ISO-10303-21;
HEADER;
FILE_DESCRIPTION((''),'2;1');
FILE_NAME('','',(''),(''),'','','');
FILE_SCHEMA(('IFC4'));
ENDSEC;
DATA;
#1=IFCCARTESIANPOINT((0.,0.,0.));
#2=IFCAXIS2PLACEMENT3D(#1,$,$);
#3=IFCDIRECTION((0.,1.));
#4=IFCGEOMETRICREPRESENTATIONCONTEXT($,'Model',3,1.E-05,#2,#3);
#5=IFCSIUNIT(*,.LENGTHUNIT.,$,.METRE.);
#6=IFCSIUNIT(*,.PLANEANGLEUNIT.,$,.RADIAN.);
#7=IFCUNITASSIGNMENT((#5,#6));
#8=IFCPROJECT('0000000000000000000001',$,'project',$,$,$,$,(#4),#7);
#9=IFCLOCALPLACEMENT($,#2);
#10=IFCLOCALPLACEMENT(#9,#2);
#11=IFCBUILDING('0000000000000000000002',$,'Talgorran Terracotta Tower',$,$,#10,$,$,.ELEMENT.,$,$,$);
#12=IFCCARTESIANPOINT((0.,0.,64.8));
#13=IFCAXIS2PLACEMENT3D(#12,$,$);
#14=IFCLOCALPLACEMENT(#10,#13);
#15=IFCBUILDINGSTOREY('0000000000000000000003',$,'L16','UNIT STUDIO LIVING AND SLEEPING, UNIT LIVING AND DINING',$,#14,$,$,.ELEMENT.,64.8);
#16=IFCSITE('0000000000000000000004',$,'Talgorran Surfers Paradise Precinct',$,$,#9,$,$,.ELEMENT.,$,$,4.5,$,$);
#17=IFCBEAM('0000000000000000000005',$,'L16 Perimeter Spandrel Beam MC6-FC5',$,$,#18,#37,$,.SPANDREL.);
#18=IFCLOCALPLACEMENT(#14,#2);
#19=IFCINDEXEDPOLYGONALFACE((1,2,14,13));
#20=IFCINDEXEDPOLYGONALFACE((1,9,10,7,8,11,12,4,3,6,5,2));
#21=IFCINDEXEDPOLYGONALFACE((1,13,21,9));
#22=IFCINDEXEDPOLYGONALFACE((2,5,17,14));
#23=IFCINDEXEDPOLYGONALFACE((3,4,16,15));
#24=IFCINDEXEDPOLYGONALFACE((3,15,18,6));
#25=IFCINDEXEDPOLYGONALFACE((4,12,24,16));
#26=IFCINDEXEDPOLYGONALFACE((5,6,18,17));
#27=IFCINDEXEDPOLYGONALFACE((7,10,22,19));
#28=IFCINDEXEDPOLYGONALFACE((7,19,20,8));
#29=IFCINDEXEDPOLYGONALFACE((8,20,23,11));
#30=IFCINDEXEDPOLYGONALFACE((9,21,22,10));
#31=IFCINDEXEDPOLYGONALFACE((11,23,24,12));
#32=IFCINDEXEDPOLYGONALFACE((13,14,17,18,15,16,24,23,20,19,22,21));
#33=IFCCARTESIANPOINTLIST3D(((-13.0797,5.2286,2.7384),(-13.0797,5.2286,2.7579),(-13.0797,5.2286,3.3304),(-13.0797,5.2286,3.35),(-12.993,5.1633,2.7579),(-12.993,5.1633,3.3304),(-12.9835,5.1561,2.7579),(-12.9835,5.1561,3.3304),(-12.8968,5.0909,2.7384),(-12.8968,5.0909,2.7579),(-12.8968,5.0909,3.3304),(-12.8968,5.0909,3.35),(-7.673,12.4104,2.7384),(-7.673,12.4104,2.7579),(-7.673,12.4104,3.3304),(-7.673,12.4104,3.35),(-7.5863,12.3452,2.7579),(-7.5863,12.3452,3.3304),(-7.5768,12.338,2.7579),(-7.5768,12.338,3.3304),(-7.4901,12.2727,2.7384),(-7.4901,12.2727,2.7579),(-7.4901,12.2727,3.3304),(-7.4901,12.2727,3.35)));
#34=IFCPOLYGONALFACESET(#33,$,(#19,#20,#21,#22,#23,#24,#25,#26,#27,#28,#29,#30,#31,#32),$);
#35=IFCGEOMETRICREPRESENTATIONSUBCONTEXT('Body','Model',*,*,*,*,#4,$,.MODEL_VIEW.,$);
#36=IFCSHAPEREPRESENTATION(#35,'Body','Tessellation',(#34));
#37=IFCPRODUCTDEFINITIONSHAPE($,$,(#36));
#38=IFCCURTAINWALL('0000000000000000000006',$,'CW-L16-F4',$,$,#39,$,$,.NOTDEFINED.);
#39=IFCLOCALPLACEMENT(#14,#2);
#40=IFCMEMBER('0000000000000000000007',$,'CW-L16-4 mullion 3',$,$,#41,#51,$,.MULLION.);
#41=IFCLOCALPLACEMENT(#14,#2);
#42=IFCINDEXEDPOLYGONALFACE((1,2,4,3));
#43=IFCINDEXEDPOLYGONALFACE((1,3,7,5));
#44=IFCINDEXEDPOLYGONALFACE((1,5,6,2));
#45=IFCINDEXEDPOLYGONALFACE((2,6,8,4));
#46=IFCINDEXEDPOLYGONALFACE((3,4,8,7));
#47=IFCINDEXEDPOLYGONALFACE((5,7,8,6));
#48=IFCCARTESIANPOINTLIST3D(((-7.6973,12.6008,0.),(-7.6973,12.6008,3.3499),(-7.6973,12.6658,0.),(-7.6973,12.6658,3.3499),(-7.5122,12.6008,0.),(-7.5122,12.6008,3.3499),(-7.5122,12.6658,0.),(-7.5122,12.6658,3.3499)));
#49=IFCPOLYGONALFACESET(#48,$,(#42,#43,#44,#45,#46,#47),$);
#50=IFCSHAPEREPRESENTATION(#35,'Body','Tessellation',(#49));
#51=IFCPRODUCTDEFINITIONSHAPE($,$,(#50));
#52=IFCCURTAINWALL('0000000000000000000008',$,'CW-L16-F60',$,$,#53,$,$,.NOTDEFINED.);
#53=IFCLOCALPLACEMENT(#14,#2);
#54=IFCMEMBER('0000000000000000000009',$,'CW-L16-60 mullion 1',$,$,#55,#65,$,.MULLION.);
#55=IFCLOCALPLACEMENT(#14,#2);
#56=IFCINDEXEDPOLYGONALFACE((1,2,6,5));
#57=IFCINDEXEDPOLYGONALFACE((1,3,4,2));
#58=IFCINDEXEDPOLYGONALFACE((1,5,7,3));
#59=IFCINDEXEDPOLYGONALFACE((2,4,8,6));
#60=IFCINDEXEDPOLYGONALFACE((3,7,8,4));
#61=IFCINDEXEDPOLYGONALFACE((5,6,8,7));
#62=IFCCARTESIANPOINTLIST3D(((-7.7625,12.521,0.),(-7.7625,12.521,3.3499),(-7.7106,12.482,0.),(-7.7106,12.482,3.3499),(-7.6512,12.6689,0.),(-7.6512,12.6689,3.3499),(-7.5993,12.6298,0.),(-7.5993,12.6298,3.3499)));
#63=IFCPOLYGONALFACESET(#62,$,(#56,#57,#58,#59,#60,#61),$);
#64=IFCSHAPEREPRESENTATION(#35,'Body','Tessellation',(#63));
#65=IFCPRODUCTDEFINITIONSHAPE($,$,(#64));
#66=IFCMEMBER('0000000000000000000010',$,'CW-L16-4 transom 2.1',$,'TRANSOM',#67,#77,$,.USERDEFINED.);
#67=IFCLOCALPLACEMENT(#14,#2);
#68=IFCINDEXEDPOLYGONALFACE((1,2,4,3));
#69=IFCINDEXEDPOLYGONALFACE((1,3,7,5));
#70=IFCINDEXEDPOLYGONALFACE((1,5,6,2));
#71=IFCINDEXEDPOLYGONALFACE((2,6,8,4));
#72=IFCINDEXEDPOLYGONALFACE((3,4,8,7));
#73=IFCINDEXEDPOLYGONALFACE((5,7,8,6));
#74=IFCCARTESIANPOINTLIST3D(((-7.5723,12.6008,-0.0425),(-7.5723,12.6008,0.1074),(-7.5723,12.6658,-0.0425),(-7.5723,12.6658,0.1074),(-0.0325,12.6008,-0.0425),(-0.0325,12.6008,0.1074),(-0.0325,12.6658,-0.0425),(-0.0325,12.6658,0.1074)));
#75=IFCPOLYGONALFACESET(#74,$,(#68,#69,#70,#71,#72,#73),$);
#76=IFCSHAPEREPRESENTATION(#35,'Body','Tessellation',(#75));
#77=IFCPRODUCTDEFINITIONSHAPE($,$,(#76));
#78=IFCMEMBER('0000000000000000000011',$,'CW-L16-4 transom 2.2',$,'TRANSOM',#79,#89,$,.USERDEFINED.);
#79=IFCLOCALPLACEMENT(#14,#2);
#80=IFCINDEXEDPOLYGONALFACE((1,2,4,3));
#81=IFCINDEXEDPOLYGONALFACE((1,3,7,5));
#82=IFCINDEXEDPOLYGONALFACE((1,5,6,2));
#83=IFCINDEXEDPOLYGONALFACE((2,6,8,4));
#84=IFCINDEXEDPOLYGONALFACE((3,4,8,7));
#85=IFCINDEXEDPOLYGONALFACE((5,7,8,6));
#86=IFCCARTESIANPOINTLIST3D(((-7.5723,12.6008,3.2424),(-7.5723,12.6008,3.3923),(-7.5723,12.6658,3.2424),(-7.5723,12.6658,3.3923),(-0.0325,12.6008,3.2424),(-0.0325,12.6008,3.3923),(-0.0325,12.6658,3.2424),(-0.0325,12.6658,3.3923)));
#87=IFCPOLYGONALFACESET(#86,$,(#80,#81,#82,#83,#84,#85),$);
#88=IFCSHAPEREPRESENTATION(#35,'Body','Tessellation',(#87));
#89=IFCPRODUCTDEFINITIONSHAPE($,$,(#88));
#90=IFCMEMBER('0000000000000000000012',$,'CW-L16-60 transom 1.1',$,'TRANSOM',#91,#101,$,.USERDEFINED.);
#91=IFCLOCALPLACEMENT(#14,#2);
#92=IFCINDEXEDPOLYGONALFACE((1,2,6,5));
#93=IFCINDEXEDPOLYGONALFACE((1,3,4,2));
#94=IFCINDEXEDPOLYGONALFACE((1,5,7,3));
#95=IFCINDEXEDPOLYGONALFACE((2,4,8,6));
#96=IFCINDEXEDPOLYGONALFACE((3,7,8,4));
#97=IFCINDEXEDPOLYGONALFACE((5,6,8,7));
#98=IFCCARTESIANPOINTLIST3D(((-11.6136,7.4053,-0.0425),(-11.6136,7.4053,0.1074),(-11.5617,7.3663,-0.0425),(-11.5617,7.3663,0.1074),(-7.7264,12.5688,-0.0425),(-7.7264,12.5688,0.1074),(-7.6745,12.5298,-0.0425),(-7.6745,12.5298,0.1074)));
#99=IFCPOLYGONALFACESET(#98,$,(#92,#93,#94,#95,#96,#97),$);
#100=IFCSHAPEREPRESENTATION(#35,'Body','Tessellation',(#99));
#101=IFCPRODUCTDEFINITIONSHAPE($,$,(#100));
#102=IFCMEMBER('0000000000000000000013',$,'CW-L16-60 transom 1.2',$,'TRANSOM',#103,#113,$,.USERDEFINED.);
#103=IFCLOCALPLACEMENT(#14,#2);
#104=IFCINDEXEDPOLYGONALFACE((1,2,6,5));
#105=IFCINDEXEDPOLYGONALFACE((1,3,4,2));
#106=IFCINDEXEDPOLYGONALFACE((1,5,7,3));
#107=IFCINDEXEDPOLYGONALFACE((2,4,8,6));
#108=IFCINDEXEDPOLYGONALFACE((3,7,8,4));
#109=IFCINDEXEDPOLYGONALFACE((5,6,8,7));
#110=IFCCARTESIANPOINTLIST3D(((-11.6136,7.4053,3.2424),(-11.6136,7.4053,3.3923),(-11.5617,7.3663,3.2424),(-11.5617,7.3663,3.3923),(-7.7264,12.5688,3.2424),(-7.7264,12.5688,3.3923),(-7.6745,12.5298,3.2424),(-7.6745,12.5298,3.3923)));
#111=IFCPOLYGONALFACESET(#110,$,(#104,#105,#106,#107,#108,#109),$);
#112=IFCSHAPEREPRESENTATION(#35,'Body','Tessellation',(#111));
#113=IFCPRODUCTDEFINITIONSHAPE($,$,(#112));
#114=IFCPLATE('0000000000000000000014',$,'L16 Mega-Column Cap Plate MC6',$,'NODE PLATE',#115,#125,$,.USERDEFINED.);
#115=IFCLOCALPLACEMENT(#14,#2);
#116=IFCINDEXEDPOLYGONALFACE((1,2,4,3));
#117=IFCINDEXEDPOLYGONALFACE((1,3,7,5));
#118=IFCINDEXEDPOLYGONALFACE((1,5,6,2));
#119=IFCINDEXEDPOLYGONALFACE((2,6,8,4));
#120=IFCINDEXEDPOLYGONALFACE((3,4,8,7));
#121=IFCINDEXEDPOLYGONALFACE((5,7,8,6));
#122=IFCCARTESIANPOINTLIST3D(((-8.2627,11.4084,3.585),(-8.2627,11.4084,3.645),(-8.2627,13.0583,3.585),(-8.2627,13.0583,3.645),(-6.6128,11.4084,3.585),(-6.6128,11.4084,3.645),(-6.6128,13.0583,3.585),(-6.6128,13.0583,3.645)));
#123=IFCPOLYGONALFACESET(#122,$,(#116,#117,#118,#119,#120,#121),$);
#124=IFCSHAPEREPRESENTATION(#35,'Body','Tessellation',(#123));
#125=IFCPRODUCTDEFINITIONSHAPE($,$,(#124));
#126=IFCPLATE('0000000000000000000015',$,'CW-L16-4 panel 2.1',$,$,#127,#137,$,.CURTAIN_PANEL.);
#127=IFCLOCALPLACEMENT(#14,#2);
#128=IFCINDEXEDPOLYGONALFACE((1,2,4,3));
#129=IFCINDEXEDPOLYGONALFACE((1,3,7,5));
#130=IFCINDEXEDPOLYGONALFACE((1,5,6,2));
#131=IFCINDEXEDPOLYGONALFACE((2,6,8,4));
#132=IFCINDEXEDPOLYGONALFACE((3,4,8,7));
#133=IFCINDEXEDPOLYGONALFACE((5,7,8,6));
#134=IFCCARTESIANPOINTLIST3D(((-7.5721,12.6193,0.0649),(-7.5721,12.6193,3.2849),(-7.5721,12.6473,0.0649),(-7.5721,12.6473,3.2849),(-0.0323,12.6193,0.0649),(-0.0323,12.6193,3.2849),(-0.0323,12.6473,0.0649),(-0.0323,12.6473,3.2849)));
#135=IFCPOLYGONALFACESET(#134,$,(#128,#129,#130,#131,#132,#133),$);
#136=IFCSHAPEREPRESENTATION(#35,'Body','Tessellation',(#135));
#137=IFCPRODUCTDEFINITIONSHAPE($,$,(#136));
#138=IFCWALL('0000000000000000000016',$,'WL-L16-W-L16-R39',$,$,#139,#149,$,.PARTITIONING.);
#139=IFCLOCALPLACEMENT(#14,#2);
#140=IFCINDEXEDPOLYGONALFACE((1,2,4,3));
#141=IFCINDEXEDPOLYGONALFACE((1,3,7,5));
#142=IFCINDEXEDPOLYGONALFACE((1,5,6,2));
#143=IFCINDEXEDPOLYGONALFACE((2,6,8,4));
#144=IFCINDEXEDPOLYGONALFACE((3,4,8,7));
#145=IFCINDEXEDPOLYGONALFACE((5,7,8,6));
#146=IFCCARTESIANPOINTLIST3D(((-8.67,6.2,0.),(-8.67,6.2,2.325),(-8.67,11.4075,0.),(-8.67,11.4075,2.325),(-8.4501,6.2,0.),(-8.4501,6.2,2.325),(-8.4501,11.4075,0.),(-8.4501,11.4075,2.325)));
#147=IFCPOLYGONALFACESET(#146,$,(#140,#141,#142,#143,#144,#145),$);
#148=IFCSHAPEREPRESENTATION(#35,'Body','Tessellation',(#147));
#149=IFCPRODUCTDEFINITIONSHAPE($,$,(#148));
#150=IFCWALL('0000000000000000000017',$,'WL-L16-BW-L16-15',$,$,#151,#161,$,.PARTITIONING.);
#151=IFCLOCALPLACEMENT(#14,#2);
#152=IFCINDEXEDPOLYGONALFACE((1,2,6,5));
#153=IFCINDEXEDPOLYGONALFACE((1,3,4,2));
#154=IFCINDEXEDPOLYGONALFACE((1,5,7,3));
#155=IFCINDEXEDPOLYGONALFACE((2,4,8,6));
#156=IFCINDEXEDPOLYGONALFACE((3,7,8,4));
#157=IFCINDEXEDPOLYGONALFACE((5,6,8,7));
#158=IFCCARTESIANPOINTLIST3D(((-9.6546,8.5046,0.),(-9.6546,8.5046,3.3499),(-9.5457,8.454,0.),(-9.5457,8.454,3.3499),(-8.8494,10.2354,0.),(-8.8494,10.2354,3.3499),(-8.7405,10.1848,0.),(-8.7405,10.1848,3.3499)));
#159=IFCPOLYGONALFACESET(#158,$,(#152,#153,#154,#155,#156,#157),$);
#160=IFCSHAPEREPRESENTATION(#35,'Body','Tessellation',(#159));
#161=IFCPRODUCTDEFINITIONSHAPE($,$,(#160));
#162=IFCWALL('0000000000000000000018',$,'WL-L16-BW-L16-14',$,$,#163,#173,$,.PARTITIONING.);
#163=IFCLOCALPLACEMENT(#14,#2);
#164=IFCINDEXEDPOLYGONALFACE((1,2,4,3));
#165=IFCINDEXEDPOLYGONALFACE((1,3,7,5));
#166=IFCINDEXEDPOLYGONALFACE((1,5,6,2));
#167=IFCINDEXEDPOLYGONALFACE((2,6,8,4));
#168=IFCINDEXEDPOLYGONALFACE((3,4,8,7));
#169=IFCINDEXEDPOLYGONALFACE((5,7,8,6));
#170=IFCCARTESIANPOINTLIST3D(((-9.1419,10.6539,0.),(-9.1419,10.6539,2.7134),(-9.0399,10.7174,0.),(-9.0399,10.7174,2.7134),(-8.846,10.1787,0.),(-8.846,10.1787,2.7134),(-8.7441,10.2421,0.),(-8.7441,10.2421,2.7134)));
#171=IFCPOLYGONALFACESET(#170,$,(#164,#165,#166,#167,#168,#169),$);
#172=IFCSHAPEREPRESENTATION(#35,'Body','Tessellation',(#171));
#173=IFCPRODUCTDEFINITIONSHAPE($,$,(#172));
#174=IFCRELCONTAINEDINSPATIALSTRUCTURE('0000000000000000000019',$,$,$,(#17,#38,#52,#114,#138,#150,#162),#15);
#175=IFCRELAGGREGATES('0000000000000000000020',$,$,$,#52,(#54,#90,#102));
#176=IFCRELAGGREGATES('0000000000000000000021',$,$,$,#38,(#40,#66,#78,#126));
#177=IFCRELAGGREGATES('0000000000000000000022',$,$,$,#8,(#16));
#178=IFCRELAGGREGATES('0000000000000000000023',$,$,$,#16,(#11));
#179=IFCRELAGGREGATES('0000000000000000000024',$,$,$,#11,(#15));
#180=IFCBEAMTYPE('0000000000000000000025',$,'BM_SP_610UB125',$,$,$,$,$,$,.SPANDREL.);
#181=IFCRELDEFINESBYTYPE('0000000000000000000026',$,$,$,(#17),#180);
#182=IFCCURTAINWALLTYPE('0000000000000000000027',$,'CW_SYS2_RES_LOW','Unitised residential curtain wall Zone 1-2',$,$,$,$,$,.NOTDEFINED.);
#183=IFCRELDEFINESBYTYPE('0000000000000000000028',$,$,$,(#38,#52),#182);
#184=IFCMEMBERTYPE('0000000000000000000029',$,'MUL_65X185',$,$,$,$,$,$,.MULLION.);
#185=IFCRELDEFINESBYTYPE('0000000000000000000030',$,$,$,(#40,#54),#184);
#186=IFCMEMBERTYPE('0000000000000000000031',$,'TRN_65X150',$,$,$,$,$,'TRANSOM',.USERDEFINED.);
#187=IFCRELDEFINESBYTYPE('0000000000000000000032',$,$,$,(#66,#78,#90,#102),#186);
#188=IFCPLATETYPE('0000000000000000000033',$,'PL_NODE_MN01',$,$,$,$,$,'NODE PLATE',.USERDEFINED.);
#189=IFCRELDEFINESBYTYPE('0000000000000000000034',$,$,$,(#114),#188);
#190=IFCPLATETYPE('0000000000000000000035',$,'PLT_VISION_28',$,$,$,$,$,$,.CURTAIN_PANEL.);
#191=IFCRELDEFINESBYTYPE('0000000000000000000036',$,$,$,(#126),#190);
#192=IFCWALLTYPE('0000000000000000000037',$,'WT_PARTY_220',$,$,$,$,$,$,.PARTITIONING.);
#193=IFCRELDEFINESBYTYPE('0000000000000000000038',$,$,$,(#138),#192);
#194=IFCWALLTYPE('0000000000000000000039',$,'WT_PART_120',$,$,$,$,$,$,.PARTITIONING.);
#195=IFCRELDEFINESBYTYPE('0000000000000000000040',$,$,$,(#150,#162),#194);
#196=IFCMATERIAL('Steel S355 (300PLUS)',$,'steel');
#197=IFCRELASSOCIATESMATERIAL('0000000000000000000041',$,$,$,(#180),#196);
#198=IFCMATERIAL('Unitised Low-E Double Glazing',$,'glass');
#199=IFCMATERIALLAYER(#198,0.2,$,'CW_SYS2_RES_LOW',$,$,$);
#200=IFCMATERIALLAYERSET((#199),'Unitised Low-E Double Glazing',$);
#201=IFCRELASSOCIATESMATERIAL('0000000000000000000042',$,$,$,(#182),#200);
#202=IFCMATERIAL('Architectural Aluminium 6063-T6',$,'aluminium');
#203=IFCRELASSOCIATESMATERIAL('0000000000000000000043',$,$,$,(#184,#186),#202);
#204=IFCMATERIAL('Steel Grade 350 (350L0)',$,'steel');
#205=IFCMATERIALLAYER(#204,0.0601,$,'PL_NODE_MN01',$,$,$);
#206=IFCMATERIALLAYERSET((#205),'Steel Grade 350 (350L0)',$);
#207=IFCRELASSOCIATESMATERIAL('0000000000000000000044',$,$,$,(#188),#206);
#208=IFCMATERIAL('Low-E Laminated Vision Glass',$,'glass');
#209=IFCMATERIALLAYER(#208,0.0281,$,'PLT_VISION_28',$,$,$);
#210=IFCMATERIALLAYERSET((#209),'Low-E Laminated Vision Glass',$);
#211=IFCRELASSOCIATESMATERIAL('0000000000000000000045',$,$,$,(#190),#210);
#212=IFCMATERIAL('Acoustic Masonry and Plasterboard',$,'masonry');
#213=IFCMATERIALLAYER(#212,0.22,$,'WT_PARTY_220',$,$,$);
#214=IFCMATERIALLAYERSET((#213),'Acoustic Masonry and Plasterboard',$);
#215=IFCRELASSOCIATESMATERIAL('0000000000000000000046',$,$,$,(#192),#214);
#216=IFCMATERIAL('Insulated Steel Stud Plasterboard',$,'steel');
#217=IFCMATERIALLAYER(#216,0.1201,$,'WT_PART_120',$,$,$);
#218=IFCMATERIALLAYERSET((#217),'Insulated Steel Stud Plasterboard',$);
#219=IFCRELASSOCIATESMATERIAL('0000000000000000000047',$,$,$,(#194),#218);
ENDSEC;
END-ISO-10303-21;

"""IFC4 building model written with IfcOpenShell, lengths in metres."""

from ifc_helpers import new_model, si_unit, direction, frame, frame_2d, origin, origin_2d, place, context, subcontext, project, spatial, rectangle, i_section, extrude, source, transform, mapped, material, layer, layer_set, material_profile, profile_set, type_object, type_shapes, element, aggregate, save


model = new_model("IFC4")

# Units and contexts
model_context = context("Model", 3, precision=1e-05, world=origin(), true_north=direction((0.0, 1.0)))
body_context = subcontext(model_context, "Body", "Model", "MODEL_VIEW")
ifc_project = project(units=[si_unit("LENGTHUNIT", "METRE"), si_unit("PLANEANGLEUNIT", "RADIAN")], contexts=[model_context])

# Site, building, storey
site_placement = place(None, origin())
site = spatial("IfcSite", under=ifc_project, at=site_placement, Name="Talgorran Surfers Paradise Precinct", CompositionType="ELEMENT", RefElevation=4.5)
building_placement = place(site_placement, origin())
building = spatial("IfcBuilding", under=site, at=building_placement, Name="Talgorran Terracotta Tower", CompositionType="ELEMENT")
storey_placement = place(building_placement, frame((0.0, 0.0, 64.8)))
storey = spatial("IfcBuildingStorey", under=building, at=storey_placement, Name="L16", Description="UNIT STUDIO LIVING AND SLEEPING, UNIT LIVING AND DINING", CompositionType="ELEMENT", Elevation=64.8)

# Shared definitions
ifc_material_1 = material(Name="Steel S355 (300PLUS)", Category="steel")
ifc_material_2 = material(Name="Steel Grade 350 (350L0)", Category="steel")

# Beam
ifc_material_profile_1 = material_profile(ifc_material_1, i_section(OverallWidth=0.229, OverallDepth=0.6116, WebThickness=0.012, FlangeThickness=0.0195, at=origin_2d()), Name="610UB125")
ifc_profile_set_1 = profile_set([ifc_material_profile_1], Name="Steel S355 (300PLUS)")
beam_type_1 = type_object("IfcBeamType", Name="BM_SP_610UB125", PredefinedType="SPANDREL", material=ifc_profile_set_1)
beam_1_placement = place(storey_placement, frame((-7.5815, 12.3416, 3.0442), z_axis=(-0.601446, -0.798913, 0.0), x_axis=(0.798913, -0.601446, 0.0)))
element("IfcBeam", 1, at=beam_1_placement, inside=storey, type_object=beam_type_1, Name="L16 Perimeter Spandrel Beam MC6-FC5", PredefinedType="SPANDREL", context=body_context, shape_type="SweptSolid", body=[
    extrude(i_section(OverallWidth=0.229, OverallDepth=0.6116, WebThickness=0.012, FlangeThickness=0.0195, at=origin_2d()), origin(), (0.0, 0.0, 1.0), 8.9895),
])

# Curtain walls, members
ifc_material_3 = material(Name="Unitised Low-E Double Glazing", Category="glass")
ifc_layer_1 = layer(ifc_material_3, 0.2, Name="CW_SYS2_RES_LOW")
ifc_layer_set_1 = layer_set([ifc_layer_1], Name="Unitised Low-E Double Glazing")
curtain_wall_type = type_object("IfcCurtainWallType", Name="CW_SYS2_RES_LOW", Description="Unitised residential curtain wall Zone 1-2", PredefinedType="NOTDEFINED", material=ifc_layer_set_1)
curtain_wall_1_placement = place(storey_placement, origin())
curtain_wall_1 = element("IfcCurtainWall", 2, at=curtain_wall_1_placement, inside=storey, type_object=curtain_wall_type, Name="CW-L16-F4", PredefinedType="NOTDEFINED")
ifc_material_4 = material(Name="Architectural Aluminium 6063-T6", Category="aluminium")
ifc_material_profile_2 = material_profile(ifc_material_4, rectangle(XDim=0.0649, YDim=0.1851, at=origin_2d()), Name="CWM65X185")
ifc_profile_set_2 = profile_set([ifc_material_profile_2], Name="Architectural Aluminium 6063-T6")
member_type_1 = type_object("IfcMemberType", Name="MUL_65X185", PredefinedType="MULLION", material=ifc_profile_set_2)
member_1_placement = place(storey_placement, frame((-7.6047, 12.6333, 0.0), z_axis=(0.0, 0.0, 1.0), x_axis=(0.0, -1.0, 0.0)))
member_1 = element("IfcMember", 3, at=member_1_placement, type_object=member_type_1, Name="CW-L16-4 mullion 3", PredefinedType="MULLION", context=body_context, shape_type="SweptSolid", body=[
    extrude(rectangle(XDim=0.0649, YDim=0.1851, at=origin_2d()), origin(), (0.0, 0.0, 1.0), 3.3499),
])
curtain_wall_2_placement = place(storey_placement, origin())
curtain_wall_2 = element("IfcCurtainWall", 4, at=curtain_wall_2_placement, inside=storey, type_object=curtain_wall_type, Name="CW-L16-F60", PredefinedType="NOTDEFINED")
member_2_placement = place(storey_placement, frame((-7.6809, 12.5754, 0.0), z_axis=(0.0, 0.0, 1.0), x_axis=(0.798919, -0.601439, 0.0)))
member_2 = element("IfcMember", 5, at=member_2_placement, type_object=member_type_1, Name="CW-L16-60 mullion 1", PredefinedType="MULLION", context=body_context, shape_type="SweptSolid", body=[
    extrude(rectangle(XDim=0.0649, YDim=0.1851, at=origin_2d()), origin(), (0.0, 0.0, 1.0), 3.3499),
])

# Members
ifc_material_profile_3 = material_profile(ifc_material_4, rectangle(XDim=0.0649, YDim=0.1499, at=origin_2d()), Name="CWT65X150")
ifc_profile_set_3 = profile_set([ifc_material_profile_3], Name="Architectural Aluminium 6063-T6")
member_type_2 = type_object("IfcMemberType", Name="TRN_65X150", ElementType="TRANSOM", PredefinedType="USERDEFINED", material=ifc_profile_set_3)
member_3_placement = place(storey_placement, frame((-0.0325, 12.6333, 0.0325), z_axis=(-1.0, 0.0, 0.0), x_axis=(0.0, -1.0, 0.0)))
member_3 = element("IfcMember", 6, at=member_3_placement, type_object=member_type_2, Name="CW-L16-4 transom 2.1", ObjectType="TRANSOM", PredefinedType="USERDEFINED", context=body_context, shape_type="SweptSolid", body=[
    extrude(rectangle(XDim=0.0649, YDim=0.1499, at=origin_2d()), origin(), (0.0, 0.0, 1.0), 7.5398),
])
member_4_placement = place(storey_placement, frame((-0.0325, 12.6333, 3.3174), z_axis=(-1.0, 0.0, 0.0), x_axis=(0.0, -1.0, 0.0)))
member_4 = element("IfcMember", 7, at=member_4_placement, type_object=member_type_2, Name="CW-L16-4 transom 2.2", ObjectType="TRANSOM", PredefinedType="USERDEFINED", context=body_context, shape_type="SweptSolid", body=[
    extrude(rectangle(XDim=0.0649, YDim=0.1499, at=origin_2d()), origin(), (0.0, 0.0, 1.0), 7.5398),
])
member_5_placement = place(storey_placement, frame((-7.7004, 12.5493, 0.0325), z_axis=(-0.601437, -0.79892, 0.0), x_axis=(0.79892, -0.601437, 0.0)))
member_5 = element("IfcMember", 8, at=member_5_placement, type_object=member_type_2, Name="CW-L16-60 transom 1.1", ObjectType="TRANSOM", PredefinedType="USERDEFINED", context=body_context, shape_type="SweptSolid", body=[
    extrude(rectangle(XDim=0.0649, YDim=0.1499, at=origin_2d()), origin(), (0.0, 0.0, 1.0), 6.4631),
])
member_6_placement = place(storey_placement, frame((-7.7004, 12.5493, 3.3174), z_axis=(-0.601437, -0.79892, 0.0), x_axis=(0.79892, -0.601437, 0.0)))
member_6 = element("IfcMember", 9, at=member_6_placement, type_object=member_type_2, Name="CW-L16-60 transom 1.2", ObjectType="TRANSOM", PredefinedType="USERDEFINED", context=body_context, shape_type="SweptSolid", body=[
    extrude(rectangle(XDim=0.0649, YDim=0.1499, at=origin_2d()), origin(), (0.0, 0.0, 1.0), 6.4631),
])
aggregate(curtain_wall_2, [member_2, member_5, member_6])

# Plates
ifc_layer_2 = layer(ifc_material_2, 0.0601, Name="PL_NODE_MN01")
ifc_layer_set_2 = layer_set([ifc_layer_2], Name="Steel Grade 350 (350L0)")
plate_type_1 = type_object("IfcPlateType", Name="PL_NODE_MN01", ElementType="NODE PLATE", PredefinedType="USERDEFINED", material=ifc_layer_set_2)
plate_1_placement = place(storey_placement, frame((-7.4377, 12.2334, 3.585), z_axis=(0.0, 0.0, 1.0), x_axis=(1.0, 0.0, 0.0)))
element("IfcPlate", 10, at=plate_1_placement, inside=storey, type_object=plate_type_1, Name="L16 Mega-Column Cap Plate MC6", ObjectType="NODE PLATE", PredefinedType="USERDEFINED", context=body_context, shape_type="SweptSolid", body=[
    extrude(rectangle(XDim=1.6499, YDim=1.6499, at=origin_2d()), origin(), (0.0, 0.0, 1.0), 0.0601),
])
ifc_material_5 = material(Name="Low-E Laminated Vision Glass", Category="glass")
ifc_layer_3 = layer(ifc_material_5, 0.0281, Name="PLT_VISION_28")
ifc_layer_set_3 = layer_set([ifc_layer_3], Name="Low-E Laminated Vision Glass")
plate_type_2 = type_object("IfcPlateType", Name="PLT_VISION_28", PredefinedType="CURTAIN_PANEL", material=ifc_layer_set_3)
shared_shape = source(origin(), body_context, "Body", "SweptSolid", [
    extrude(rectangle(XDim=7.5398, YDim=0.0281, at=origin_2d()), origin(), (0.0, 0.0, 1.0), 3.22),
])
type_shapes(plate_type_2, [shared_shape])
plate_2_placement = place(storey_placement, frame((-3.8022, 12.6333, 0.0649), z_axis=(0.0, 0.0, 1.0), x_axis=(-1.0, 0.0, 0.0)))
plate_2 = element("IfcPlate", 11, at=plate_2_placement, type_object=plate_type_2, Name="CW-L16-4 panel 2.1", PredefinedType="CURTAIN_PANEL", context=body_context, shape_type="MappedRepresentation", body=[
    mapped(shared_shape, transform((0.0, 0.0, 0.0), scale=1.0)),
])
aggregate(curtain_wall_1, [member_1, member_3, member_4, plate_2])

# Walls
ifc_material_6 = material(Name="Acoustic Masonry and Plasterboard", Category="masonry")
ifc_layer_4 = layer(ifc_material_6, 0.22, Name="WT_PARTY_220")
ifc_layer_set_4 = layer_set([ifc_layer_4], Name="Acoustic Masonry and Plasterboard")
wall_type_1 = type_object("IfcWallType", Name="WT_PARTY_220", PredefinedType="PARTITIONING", material=ifc_layer_set_4)
wall_1_placement = place(storey_placement, frame((-8.5601, 6.2, 0.0), z_axis=(0.0, 0.0, 1.0), x_axis=(0.0, 1.0, 0.0)))
element("IfcWall", 12, at=wall_1_placement, inside=storey, type_object=wall_type_1, Name="WL-L16-W-L16-R39", PredefinedType="PARTITIONING", context=body_context, shape_type="SweptSolid", body=[
    extrude(rectangle(XDim=5.2075, YDim=0.22, at=frame_2d((2.6038, 0.0))), origin(), (0.0, 0.0, 1.0), 2.325),
])
ifc_material_7 = material(Name="Insulated Steel Stud Plasterboard", Category="steel")
ifc_layer_5 = layer(ifc_material_7, 0.1201, Name="WT_PART_120")
ifc_layer_set_5 = layer_set([ifc_layer_5], Name="Insulated Steel Stud Plasterboard")
wall_type_2 = type_object("IfcWallType", Name="WT_PART_120", PredefinedType="PARTITIONING", material=ifc_layer_set_5)
wall_2_placement = place(storey_placement, frame((-8.7949, 10.2102, 0.0), z_axis=(0.0, 0.0, 1.0), x_axis=(-0.421814, -0.906682, 0.0)))
element("IfcWall", 13, at=wall_2_placement, inside=storey, type_object=wall_type_2, Name="WL-L16-BW-L16-15", PredefinedType="PARTITIONING", context=body_context, shape_type="SweptSolid", body=[
    extrude(rectangle(XDim=1.9089, YDim=0.1201, at=frame_2d((0.9546, 0.0))), origin(), (0.0, 0.0, 1.0), 3.3499),
])
wall_3_placement = place(storey_placement, frame((-9.0908, 10.6855, 0.0), z_axis=(0.0, 0.0, 1.0), x_axis=(0.52847, -0.848952, 0.0)))
element("IfcWall", 14, at=wall_3_placement, inside=storey, type_object=wall_type_2, Name="WL-L16-BW-L16-14", PredefinedType="PARTITIONING", context=body_context, shape_type="SweptSolid", body=[
    extrude(rectangle(XDim=0.5598, YDim=0.1201, at=frame_2d((0.2798, 0.0))), origin(), (0.0, 0.0, 1.0), 2.7134),
])

save(model, "model.ifc")
